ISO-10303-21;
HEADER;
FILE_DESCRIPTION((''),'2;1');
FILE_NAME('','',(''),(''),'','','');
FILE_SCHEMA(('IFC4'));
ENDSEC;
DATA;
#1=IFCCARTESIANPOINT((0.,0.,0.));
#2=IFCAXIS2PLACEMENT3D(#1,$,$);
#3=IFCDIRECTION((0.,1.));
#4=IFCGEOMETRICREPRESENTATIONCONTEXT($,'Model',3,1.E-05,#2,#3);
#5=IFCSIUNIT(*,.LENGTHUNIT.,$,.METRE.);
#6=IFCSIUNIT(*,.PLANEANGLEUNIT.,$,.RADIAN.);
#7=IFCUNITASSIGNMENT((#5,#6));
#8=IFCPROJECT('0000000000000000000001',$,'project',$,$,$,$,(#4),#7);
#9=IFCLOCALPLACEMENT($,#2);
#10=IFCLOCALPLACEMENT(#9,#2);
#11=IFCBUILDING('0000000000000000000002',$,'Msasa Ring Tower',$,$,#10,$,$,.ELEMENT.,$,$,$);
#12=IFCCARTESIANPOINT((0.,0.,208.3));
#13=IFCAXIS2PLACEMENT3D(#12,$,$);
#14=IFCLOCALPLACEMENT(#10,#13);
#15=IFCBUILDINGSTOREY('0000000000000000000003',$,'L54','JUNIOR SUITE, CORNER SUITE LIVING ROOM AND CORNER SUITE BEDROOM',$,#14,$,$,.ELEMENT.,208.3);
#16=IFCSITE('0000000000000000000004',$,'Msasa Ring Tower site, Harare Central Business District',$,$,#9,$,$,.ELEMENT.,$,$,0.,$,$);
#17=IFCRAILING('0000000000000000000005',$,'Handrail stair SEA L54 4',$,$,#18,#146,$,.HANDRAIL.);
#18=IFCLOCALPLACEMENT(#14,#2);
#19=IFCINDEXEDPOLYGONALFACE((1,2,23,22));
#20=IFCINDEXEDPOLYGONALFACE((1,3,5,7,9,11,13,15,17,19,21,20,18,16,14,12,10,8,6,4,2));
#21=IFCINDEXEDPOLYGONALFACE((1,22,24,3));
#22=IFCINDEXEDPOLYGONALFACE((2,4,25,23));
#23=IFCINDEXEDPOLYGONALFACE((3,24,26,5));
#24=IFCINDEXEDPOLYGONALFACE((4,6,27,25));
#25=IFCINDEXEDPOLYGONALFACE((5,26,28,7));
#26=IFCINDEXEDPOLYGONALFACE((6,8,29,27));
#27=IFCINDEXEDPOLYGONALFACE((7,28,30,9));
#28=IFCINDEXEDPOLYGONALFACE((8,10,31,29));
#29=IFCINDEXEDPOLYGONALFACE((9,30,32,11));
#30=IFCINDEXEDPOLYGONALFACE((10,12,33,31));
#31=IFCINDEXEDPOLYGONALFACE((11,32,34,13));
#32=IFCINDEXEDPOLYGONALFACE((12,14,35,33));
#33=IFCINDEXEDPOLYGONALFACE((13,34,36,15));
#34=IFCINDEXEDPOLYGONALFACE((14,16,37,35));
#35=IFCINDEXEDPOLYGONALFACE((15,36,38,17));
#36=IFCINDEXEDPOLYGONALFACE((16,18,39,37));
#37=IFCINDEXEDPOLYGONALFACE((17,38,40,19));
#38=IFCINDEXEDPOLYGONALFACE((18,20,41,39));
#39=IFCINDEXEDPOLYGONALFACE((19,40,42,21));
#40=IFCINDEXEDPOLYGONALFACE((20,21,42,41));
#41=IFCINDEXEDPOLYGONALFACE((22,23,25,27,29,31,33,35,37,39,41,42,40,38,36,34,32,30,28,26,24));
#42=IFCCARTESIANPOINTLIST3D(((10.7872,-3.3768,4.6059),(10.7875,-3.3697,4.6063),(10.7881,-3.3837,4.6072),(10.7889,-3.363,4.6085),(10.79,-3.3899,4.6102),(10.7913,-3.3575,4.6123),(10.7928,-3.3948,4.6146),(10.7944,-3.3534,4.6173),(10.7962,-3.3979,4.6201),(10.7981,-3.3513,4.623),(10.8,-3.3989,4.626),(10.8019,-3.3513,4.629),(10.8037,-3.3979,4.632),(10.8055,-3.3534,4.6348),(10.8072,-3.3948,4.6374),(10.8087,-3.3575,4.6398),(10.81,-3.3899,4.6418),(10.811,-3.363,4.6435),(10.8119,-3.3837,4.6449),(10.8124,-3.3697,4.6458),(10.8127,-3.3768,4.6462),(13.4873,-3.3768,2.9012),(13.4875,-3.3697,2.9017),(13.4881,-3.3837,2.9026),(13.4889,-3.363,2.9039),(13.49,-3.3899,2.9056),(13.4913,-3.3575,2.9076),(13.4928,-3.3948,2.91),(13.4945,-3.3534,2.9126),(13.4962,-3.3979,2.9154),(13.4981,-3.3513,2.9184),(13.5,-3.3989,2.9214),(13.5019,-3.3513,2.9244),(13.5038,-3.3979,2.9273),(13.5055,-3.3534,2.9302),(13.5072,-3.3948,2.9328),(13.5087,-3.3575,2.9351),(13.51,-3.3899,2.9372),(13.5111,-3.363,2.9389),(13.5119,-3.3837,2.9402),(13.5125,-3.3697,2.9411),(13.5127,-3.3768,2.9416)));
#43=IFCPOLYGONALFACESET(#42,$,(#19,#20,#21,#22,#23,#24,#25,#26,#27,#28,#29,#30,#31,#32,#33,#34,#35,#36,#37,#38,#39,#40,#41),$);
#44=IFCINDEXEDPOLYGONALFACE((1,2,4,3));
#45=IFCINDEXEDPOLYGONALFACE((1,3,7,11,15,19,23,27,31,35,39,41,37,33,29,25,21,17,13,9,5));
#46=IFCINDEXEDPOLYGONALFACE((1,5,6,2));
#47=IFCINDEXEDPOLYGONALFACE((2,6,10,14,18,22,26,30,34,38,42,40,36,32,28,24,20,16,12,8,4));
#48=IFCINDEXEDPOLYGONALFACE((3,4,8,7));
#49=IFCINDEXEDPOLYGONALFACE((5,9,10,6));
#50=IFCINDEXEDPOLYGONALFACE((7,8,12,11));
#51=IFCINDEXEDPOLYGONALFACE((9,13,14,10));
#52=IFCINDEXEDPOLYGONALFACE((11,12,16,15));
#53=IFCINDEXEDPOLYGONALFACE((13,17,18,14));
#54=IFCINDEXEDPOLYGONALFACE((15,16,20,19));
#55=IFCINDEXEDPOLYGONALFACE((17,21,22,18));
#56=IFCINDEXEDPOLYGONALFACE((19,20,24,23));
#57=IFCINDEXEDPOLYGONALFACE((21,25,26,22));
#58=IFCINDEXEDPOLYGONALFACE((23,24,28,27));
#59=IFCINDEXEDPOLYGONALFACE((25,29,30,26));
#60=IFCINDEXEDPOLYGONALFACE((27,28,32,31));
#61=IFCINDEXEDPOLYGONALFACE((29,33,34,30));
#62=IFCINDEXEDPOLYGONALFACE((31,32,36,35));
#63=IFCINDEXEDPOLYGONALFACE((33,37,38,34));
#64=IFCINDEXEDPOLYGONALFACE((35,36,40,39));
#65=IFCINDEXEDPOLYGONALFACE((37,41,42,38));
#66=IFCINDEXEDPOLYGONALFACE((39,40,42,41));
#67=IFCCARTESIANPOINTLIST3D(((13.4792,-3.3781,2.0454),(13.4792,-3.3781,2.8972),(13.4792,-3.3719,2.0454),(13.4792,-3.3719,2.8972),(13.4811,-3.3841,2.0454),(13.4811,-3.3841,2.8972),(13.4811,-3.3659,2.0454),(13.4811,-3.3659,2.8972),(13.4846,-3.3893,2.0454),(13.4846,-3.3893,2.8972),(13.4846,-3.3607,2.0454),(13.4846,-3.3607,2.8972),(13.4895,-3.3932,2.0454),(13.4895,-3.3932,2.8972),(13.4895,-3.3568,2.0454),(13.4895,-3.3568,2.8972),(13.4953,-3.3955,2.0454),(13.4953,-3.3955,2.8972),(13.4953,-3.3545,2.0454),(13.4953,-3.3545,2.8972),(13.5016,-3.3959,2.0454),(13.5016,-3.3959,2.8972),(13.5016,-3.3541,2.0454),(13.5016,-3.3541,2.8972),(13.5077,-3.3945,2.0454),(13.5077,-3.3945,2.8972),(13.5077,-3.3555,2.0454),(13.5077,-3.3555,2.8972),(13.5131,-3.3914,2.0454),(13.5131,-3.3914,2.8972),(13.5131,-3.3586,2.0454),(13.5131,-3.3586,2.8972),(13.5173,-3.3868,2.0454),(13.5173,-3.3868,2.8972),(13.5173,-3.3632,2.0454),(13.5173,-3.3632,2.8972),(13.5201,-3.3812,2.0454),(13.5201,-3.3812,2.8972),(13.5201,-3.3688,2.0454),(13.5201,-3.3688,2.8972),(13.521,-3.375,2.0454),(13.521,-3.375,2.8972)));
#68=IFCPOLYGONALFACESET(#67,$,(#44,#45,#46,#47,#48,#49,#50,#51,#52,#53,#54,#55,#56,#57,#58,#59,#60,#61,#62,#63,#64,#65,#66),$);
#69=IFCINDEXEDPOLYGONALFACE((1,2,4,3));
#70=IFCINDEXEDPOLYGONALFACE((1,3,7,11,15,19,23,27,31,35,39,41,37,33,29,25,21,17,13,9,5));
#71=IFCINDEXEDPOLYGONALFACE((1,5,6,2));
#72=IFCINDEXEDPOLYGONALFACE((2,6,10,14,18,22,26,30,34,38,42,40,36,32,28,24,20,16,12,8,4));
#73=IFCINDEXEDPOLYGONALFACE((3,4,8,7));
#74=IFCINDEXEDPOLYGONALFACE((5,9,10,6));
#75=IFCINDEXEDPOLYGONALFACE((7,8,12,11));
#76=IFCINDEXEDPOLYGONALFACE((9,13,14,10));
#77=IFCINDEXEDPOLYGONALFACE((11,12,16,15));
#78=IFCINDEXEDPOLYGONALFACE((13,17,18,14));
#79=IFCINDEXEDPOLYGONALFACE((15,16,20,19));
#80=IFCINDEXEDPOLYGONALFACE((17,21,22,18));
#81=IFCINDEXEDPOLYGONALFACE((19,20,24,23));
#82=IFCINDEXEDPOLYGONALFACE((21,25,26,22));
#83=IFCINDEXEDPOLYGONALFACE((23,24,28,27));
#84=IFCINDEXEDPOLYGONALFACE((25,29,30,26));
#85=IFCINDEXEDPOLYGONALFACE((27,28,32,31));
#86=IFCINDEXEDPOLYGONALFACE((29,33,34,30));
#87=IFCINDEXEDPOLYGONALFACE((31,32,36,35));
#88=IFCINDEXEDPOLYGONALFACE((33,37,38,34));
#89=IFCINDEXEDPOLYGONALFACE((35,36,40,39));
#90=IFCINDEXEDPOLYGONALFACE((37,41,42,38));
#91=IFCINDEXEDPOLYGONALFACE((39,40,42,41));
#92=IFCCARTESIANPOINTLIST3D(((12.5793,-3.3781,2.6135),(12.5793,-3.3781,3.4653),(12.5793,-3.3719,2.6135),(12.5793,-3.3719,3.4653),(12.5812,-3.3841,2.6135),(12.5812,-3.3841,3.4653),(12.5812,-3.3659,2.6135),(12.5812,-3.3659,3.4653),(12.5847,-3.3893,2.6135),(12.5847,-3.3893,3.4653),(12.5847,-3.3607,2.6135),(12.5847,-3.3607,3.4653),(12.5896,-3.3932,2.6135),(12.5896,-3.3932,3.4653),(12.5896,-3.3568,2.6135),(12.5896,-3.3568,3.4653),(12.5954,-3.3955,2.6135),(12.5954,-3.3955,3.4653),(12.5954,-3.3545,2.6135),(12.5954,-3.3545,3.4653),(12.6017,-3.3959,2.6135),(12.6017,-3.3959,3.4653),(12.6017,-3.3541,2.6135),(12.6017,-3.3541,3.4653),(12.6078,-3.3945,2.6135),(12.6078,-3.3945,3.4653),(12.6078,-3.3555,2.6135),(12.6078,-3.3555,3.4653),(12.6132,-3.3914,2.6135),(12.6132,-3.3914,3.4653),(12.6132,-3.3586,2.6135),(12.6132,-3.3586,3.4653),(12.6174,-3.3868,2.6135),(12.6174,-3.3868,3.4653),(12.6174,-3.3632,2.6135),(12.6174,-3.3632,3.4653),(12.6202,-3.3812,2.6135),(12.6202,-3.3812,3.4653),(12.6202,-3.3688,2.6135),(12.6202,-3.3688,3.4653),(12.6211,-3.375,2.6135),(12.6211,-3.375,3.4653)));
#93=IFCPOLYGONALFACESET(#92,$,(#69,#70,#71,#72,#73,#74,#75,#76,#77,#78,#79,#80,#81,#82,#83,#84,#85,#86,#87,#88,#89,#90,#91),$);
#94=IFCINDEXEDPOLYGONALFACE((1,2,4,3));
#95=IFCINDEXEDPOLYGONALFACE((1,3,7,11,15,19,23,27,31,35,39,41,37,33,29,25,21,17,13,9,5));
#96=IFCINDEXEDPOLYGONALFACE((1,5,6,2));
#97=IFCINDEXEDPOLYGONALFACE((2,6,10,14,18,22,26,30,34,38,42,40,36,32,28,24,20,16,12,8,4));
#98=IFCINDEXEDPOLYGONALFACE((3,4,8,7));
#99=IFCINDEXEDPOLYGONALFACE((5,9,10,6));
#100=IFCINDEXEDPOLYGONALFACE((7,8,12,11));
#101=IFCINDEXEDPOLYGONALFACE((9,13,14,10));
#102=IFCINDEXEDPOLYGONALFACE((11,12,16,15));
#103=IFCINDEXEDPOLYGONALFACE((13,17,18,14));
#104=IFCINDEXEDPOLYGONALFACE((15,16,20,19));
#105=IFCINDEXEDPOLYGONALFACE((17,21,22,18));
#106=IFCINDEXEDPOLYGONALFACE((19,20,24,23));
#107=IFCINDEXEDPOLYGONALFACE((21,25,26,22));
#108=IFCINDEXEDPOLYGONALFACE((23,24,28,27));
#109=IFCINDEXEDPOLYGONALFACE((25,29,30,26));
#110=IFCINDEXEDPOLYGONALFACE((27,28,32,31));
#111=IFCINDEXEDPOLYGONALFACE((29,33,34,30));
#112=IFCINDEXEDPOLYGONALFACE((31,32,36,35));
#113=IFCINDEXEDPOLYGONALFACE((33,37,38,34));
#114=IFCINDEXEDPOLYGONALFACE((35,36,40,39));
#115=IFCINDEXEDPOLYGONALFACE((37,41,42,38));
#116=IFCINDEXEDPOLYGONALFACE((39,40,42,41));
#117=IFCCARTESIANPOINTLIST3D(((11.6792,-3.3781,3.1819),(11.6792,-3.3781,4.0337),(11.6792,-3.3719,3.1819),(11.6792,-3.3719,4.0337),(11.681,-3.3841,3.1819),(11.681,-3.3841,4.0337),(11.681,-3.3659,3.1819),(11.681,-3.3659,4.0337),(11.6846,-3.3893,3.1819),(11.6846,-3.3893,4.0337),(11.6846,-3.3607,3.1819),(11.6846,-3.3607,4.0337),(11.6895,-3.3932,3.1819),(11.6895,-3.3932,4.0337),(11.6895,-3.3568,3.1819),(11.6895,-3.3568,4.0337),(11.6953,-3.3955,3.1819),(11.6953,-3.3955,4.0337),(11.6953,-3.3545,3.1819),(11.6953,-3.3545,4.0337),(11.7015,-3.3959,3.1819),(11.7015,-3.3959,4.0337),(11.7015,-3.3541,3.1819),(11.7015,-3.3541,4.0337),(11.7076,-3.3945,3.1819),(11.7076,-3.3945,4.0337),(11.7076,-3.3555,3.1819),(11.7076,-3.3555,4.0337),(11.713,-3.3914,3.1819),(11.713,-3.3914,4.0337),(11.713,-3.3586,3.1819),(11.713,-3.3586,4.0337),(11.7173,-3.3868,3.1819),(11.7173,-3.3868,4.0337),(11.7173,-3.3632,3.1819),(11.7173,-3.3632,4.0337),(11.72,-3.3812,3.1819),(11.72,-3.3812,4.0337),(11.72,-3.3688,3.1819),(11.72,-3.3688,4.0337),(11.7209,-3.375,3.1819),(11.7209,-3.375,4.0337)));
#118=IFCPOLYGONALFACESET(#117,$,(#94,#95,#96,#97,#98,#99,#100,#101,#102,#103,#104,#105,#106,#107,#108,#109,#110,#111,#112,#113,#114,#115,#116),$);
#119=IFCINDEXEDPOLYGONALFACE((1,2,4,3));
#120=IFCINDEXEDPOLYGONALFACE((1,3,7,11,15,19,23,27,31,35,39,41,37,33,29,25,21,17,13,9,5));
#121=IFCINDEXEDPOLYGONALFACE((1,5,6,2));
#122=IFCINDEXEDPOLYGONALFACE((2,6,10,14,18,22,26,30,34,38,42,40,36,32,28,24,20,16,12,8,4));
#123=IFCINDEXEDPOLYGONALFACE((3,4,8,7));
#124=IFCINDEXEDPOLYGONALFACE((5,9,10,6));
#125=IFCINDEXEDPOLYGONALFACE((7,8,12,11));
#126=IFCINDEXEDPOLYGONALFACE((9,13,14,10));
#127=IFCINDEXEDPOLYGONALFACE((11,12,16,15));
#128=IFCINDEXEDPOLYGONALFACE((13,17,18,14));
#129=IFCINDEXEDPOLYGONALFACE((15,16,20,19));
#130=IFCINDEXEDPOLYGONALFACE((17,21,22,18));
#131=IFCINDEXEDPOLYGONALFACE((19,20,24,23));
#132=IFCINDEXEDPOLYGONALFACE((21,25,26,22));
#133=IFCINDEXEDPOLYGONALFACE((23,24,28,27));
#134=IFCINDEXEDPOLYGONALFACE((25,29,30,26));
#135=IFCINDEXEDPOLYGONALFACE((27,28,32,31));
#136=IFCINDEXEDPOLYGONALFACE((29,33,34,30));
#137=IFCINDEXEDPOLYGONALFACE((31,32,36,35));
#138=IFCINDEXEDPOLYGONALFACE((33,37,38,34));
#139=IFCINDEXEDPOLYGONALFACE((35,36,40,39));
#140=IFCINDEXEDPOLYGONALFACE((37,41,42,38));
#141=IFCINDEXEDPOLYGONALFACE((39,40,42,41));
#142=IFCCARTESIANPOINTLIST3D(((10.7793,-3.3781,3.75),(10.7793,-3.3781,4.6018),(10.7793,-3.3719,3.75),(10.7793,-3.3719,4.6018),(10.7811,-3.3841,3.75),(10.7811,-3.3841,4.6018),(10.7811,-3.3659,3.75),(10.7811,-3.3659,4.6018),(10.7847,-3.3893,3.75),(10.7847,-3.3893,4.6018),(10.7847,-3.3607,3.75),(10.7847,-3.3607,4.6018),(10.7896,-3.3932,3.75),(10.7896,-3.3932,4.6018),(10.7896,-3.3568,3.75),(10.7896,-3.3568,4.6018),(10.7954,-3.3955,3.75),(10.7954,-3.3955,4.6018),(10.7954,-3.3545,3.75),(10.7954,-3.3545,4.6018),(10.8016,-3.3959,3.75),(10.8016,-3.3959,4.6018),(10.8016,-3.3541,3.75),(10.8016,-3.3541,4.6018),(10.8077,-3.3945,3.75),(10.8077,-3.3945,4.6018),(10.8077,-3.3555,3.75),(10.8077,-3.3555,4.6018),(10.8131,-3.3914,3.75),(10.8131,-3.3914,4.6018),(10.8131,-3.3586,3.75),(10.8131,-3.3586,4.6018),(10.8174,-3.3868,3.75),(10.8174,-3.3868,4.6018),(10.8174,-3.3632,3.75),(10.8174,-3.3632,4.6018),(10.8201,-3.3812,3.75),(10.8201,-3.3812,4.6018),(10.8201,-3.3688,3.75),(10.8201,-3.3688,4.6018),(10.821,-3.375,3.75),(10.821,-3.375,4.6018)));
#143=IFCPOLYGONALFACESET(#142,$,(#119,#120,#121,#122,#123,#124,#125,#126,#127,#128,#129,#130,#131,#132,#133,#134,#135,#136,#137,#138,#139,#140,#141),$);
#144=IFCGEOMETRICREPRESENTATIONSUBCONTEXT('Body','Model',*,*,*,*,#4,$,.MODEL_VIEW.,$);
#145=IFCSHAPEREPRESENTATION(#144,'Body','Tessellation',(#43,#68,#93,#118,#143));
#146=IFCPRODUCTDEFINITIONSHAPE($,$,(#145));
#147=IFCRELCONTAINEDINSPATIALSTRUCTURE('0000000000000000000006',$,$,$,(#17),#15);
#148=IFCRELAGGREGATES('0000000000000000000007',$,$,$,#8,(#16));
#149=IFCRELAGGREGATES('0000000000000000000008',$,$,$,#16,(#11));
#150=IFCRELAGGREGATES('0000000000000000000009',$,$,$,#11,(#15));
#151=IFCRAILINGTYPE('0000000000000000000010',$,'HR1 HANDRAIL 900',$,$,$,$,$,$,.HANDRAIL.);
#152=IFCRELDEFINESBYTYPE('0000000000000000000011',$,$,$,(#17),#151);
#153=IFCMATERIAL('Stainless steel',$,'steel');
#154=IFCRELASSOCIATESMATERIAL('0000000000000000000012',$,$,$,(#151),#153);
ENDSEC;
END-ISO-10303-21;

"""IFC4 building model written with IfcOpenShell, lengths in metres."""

from ifc_helpers import new_model, si_unit, direction, frame, origin, origin_2d, place, context, subcontext, project, spatial, circle, extrude, material, type_object, element, save


model = new_model("IFC4")

# Units and contexts
model_context = context("Model", 3, precision=1e-05, world=origin(), true_north=direction((0.0, 1.0)))
body_context = subcontext(model_context, "Body", "Model", "MODEL_VIEW")
ifc_project = project(units=[si_unit("LENGTHUNIT", "METRE"), si_unit("PLANEANGLEUNIT", "RADIAN")], contexts=[model_context])

# Site, building, storey
site_placement = place(None, origin())
site = spatial("IfcSite", under=ifc_project, at=site_placement, Name="Msasa Ring Tower site, Harare Central Business District", CompositionType="ELEMENT", RefElevation=0.0)
building_placement = place(site_placement, origin())
building = spatial("IfcBuilding", under=site, at=building_placement, Name="Msasa Ring Tower", CompositionType="ELEMENT")
storey_placement = place(building_placement, frame((0.0, 0.0, 208.3)))
storey = spatial("IfcBuildingStorey", under=building, at=storey_placement, Name="L54", Description="JUNIOR SUITE, CORNER SUITE LIVING ROOM AND CORNER SUITE BEDROOM", CompositionType="ELEMENT", Elevation=208.3)

# Railing
ifc_material_1 = material(Name="Stainless steel", Category="steel")
railing_type = type_object("IfcRailingType", Name="HR1 HANDRAIL 900", PredefinedType="HANDRAIL", material=ifc_material_1)
for number, where, name in (
    (1, (13.5, -3.375, 2.0454), "Handrail stair SEA L54 4"),
):
    element("IfcRailing", number, at=place(storey_placement, frame(where)), inside=storey, type_object=railing_type, Name=name, PredefinedType="HANDRAIL", context=body_context, shape_type="SweptSolid", body=[
        extrude(circle(Radius=0.0239, at=origin_2d()), frame((0.0, 0.0, 0.876), z_axis=(-0.84558, 0.0, 0.533849), x_axis=(0.0, -1.0, 0.0)), (0.0, 0.0, 1.0), 3.1931),
        extrude(circle(Radius=0.021, at=origin_2d()), origin(), (0.0, 0.0, 1.0), 0.8518),
        extrude(circle(Radius=0.021, at=origin_2d()), frame((-0.8999, 0.0, 0.5681)), (0.0, 0.0, 1.0), 0.8518),
        extrude(circle(Radius=0.021, at=origin_2d()), frame((-1.8, 0.0, 1.1365)), (0.0, 0.0, 1.0), 0.8518),
        extrude(circle(Radius=0.021, at=origin_2d()), frame((-2.7, 0.0, 1.7046)), (0.0, 0.0, 1.0), 0.8518),
    ])

save(model, "model.ifc")
